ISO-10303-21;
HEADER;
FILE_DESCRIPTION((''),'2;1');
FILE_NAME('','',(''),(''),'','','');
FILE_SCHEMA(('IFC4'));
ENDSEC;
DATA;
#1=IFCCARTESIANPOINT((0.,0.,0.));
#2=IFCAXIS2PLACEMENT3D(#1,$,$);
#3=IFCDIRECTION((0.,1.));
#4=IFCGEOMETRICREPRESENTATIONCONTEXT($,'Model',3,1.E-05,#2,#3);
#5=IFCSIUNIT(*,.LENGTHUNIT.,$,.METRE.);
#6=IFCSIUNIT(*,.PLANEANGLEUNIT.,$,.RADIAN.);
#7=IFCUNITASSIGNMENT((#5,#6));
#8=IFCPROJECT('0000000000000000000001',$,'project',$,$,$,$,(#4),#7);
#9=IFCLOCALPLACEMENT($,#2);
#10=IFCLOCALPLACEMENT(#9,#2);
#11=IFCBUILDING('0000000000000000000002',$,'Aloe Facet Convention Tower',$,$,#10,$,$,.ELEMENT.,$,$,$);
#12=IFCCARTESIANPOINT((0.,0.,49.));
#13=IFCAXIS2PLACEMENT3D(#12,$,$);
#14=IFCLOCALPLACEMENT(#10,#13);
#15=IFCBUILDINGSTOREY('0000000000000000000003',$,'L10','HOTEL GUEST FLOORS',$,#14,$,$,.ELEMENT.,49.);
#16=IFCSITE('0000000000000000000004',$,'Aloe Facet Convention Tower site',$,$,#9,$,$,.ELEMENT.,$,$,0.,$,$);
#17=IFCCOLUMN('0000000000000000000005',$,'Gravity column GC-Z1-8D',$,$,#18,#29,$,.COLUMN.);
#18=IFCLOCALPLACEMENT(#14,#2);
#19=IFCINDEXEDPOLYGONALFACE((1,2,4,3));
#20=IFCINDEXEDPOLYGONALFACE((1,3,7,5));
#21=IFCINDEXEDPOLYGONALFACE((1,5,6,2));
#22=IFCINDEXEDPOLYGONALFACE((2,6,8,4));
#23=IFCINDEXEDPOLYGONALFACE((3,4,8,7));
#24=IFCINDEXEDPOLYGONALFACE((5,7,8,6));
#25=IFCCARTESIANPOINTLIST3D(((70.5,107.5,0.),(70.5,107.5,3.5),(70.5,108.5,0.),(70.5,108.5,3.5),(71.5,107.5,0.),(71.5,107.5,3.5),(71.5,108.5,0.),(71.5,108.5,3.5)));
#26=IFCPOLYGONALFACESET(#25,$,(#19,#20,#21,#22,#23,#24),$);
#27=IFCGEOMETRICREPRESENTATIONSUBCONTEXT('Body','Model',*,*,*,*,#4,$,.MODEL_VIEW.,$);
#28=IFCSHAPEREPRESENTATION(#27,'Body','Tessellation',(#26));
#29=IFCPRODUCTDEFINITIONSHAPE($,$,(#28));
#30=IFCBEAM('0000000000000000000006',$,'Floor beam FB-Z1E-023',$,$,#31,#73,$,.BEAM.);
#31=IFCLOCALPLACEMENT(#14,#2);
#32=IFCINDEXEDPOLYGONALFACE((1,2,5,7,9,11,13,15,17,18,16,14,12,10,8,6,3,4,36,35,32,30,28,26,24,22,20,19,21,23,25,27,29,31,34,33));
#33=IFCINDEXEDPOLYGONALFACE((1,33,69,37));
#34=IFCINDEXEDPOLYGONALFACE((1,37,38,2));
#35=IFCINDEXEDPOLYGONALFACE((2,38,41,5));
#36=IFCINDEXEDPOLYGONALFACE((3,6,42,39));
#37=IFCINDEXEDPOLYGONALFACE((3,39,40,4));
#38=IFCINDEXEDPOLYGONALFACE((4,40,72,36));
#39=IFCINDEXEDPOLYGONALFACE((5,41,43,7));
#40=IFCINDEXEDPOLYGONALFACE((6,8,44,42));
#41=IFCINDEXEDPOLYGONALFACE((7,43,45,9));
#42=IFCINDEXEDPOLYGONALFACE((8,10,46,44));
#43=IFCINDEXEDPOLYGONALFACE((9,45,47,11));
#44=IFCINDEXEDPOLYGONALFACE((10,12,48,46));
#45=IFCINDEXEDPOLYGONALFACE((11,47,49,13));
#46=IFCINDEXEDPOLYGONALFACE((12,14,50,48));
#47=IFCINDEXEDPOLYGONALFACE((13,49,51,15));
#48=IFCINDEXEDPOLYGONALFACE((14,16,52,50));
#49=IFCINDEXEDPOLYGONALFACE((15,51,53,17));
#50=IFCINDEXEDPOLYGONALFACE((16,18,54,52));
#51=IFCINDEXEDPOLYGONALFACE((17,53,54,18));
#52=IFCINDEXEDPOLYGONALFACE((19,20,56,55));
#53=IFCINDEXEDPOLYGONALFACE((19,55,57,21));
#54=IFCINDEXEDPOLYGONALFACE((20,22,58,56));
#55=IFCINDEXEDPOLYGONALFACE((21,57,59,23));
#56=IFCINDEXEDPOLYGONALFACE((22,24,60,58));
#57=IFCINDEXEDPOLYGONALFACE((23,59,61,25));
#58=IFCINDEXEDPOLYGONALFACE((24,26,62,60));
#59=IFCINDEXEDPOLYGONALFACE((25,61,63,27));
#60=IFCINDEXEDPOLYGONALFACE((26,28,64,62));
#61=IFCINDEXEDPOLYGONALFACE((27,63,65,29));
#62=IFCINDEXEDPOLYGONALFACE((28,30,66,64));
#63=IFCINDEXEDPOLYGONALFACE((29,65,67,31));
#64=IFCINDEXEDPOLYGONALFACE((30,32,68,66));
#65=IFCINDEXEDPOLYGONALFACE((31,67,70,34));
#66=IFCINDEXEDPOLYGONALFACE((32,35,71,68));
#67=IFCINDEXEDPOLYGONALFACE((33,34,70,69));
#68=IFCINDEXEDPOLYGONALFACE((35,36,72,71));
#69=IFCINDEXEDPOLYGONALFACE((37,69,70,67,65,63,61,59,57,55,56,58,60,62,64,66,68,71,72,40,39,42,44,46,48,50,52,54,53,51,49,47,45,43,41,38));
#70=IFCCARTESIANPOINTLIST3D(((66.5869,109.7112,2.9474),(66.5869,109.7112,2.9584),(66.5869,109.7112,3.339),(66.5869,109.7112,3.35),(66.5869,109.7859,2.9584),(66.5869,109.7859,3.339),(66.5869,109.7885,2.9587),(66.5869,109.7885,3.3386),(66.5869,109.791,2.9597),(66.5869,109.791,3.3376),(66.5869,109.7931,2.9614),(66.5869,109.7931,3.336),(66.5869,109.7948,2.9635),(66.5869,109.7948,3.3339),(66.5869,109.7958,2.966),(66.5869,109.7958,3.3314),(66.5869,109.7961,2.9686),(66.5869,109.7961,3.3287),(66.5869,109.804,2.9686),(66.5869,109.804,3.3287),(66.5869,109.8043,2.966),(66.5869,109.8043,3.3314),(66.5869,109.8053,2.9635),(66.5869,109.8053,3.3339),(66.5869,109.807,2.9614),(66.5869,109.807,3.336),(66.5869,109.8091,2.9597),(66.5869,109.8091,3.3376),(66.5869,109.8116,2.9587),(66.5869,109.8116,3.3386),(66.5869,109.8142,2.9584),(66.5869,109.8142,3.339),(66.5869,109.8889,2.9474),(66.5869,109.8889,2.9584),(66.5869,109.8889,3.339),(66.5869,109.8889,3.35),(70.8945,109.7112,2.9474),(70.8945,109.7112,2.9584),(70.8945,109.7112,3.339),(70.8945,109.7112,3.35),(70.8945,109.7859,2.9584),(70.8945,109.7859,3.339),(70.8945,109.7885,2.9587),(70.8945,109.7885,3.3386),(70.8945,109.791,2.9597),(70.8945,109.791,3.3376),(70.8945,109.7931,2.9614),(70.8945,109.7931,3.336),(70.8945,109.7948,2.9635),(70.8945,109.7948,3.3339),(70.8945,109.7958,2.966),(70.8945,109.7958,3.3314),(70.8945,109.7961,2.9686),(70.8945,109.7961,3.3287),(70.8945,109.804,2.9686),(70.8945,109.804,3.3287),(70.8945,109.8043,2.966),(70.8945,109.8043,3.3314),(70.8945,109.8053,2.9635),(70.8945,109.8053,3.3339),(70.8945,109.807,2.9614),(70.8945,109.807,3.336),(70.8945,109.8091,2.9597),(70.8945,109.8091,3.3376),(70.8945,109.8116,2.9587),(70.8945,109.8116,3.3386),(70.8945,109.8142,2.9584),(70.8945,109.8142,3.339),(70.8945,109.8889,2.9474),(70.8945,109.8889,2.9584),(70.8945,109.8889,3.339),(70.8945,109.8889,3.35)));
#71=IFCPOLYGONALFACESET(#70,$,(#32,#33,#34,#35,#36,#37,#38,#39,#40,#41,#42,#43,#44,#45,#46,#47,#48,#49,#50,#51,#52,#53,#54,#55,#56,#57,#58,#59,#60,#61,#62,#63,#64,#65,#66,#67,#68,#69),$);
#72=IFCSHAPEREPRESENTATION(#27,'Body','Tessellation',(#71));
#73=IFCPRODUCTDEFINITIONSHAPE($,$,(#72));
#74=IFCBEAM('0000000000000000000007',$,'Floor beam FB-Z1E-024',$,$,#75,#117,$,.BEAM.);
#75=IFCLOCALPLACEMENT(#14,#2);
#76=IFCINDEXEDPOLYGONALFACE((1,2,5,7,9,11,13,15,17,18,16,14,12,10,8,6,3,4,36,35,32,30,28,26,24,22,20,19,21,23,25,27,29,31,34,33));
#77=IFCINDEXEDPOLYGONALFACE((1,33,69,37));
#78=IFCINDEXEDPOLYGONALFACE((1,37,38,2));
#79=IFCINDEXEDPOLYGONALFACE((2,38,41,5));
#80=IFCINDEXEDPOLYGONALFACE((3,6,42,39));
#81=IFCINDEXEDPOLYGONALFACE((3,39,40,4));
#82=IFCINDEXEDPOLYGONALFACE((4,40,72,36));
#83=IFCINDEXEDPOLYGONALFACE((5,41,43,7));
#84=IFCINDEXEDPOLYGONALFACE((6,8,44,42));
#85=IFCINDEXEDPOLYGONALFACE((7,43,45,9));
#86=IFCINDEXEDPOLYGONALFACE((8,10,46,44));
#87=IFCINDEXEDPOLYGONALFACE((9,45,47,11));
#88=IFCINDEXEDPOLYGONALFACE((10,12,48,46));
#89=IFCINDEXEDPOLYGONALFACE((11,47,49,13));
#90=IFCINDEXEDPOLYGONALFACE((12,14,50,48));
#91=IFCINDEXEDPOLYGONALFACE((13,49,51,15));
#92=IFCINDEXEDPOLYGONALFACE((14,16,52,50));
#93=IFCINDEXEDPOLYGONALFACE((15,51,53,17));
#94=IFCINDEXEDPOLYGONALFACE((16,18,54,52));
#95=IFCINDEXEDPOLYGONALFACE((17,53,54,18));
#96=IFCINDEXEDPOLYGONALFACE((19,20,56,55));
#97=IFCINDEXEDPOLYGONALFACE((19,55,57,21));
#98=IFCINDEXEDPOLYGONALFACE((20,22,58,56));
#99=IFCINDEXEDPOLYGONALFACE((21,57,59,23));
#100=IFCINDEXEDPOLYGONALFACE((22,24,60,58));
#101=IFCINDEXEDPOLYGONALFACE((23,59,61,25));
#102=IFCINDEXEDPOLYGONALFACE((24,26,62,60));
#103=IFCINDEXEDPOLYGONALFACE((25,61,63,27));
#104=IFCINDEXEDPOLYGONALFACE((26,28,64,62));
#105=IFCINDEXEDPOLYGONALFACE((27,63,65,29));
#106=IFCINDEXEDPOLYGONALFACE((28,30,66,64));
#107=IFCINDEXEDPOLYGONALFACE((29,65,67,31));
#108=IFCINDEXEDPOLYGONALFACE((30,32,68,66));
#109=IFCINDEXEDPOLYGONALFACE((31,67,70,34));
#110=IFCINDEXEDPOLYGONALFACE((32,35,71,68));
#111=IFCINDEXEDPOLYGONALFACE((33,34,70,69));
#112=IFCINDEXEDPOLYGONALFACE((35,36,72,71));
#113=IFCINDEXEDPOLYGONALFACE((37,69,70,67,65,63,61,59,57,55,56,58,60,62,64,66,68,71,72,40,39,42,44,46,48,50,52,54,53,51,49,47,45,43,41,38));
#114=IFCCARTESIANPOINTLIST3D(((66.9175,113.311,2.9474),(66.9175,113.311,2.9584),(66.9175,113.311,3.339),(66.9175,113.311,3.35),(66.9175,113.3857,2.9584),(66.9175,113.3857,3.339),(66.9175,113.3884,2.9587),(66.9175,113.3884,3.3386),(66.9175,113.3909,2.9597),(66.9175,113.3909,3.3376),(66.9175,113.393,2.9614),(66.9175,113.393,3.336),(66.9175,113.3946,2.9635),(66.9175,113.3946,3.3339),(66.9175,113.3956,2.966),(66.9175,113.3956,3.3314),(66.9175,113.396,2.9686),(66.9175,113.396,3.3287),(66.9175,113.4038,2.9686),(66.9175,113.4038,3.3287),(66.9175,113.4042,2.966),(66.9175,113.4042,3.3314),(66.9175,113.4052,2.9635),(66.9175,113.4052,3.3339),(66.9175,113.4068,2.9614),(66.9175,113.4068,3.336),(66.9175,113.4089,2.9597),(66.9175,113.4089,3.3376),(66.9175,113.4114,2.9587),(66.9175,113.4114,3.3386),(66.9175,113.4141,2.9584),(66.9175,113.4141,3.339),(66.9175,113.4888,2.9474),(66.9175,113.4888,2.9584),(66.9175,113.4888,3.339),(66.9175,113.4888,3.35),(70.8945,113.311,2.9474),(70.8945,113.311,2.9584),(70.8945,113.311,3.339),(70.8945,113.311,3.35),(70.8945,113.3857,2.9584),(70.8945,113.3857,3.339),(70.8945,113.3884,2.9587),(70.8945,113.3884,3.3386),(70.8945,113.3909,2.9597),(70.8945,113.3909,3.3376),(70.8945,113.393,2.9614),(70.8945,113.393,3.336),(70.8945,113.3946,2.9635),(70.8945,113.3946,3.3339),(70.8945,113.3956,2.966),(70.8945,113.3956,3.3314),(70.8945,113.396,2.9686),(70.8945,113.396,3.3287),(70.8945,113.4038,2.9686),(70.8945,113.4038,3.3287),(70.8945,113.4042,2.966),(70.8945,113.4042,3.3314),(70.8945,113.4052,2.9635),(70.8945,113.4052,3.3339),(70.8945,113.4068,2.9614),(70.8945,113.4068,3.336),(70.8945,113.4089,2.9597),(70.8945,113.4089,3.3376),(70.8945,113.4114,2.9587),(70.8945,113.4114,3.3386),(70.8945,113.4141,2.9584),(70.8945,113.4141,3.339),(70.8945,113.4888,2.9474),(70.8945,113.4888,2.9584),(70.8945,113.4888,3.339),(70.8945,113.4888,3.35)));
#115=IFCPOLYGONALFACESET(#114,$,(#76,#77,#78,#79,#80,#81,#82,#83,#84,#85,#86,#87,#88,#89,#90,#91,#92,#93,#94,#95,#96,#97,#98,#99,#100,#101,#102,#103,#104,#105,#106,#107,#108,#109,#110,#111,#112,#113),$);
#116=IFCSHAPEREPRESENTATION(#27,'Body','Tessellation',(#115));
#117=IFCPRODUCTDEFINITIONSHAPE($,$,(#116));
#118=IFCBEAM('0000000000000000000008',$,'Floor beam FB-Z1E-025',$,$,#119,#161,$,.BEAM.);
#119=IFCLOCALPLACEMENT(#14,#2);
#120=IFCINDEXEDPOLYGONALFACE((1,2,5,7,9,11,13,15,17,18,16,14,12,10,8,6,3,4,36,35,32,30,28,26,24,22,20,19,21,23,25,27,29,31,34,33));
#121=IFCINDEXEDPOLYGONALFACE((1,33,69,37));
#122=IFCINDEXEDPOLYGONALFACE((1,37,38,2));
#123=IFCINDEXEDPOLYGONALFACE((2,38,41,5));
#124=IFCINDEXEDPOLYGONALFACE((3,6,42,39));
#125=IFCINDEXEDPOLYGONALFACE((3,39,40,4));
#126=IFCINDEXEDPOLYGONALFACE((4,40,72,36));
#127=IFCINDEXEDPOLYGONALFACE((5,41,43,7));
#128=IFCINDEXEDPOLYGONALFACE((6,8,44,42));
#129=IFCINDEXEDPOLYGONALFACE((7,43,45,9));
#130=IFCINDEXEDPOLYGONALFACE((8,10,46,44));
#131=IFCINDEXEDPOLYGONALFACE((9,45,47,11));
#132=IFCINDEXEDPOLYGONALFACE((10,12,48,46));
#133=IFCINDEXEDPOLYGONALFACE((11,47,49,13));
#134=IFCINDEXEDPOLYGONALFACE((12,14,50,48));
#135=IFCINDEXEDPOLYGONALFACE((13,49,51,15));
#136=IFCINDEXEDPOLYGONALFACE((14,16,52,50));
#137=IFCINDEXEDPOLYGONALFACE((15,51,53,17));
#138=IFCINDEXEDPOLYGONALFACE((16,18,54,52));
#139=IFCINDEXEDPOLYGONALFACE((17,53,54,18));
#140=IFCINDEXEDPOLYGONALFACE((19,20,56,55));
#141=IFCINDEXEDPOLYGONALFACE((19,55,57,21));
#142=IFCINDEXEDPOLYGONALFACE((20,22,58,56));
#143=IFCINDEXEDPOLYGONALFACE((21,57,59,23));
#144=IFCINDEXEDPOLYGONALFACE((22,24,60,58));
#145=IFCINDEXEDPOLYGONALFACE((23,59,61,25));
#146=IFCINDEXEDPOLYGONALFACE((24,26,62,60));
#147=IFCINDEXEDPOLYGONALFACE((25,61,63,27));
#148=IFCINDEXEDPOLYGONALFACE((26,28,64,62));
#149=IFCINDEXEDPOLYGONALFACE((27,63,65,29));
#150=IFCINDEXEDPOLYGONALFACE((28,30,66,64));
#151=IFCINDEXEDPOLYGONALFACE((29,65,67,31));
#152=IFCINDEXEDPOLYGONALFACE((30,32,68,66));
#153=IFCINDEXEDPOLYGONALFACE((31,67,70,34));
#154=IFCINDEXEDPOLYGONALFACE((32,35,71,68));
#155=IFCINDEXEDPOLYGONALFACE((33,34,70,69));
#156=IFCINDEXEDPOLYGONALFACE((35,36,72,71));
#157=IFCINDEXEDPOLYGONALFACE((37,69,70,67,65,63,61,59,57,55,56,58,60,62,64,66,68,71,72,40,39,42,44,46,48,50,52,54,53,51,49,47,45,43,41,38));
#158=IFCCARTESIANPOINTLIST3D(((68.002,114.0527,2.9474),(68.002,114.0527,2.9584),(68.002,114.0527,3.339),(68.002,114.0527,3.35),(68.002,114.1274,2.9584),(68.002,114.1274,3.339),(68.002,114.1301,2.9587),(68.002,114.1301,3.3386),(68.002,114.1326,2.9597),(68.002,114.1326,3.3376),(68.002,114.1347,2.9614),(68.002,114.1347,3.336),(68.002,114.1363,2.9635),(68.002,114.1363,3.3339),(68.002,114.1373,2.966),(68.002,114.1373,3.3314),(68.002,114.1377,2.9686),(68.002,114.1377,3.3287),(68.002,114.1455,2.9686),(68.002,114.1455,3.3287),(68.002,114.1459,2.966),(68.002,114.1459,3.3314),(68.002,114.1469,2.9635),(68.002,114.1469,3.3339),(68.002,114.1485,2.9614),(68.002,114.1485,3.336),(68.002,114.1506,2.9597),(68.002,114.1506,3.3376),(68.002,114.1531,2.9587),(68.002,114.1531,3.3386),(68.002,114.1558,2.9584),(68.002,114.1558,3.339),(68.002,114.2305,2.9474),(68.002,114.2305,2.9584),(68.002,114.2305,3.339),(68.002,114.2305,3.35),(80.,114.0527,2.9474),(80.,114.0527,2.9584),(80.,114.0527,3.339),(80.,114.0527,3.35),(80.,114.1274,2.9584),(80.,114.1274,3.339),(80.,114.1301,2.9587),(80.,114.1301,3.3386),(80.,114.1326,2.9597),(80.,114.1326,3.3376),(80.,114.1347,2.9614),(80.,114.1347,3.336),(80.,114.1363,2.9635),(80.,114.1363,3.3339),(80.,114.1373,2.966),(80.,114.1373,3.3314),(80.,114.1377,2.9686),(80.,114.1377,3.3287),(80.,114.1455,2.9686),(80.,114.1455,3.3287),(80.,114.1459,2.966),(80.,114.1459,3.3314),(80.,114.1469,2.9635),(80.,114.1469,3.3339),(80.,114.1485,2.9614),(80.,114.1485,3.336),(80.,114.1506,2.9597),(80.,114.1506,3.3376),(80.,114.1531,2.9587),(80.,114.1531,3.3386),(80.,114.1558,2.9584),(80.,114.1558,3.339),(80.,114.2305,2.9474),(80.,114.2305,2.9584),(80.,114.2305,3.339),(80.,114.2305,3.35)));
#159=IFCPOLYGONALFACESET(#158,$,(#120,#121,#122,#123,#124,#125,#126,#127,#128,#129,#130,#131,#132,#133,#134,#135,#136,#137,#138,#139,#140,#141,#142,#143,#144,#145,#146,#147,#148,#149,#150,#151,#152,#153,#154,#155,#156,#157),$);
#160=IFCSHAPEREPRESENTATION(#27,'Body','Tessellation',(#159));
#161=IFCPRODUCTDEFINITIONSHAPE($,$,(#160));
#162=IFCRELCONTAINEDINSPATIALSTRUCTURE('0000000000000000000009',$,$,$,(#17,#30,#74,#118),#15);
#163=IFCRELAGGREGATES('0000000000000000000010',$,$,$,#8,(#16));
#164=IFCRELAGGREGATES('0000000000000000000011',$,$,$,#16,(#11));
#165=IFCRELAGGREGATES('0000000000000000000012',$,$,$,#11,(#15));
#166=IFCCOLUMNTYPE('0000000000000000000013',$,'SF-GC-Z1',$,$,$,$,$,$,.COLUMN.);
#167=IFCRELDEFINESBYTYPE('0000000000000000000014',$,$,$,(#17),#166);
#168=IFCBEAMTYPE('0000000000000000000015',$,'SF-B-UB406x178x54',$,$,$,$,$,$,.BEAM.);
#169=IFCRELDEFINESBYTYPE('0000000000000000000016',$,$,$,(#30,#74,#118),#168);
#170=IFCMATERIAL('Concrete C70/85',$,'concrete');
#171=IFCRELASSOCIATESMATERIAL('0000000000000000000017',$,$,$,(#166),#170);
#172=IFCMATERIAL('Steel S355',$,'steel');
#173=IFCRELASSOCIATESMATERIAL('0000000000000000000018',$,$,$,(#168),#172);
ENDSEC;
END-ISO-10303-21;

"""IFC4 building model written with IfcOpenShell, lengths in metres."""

from ifc_helpers import new_model, si_unit, direction, frame, origin, origin_2d, place, context, subcontext, project, spatial, rectangle, i_section, extrude, material, material_profile, profile_set, type_object, element, save


model = new_model("IFC4")

# Units and contexts
model_context = context("Model", 3, precision=1e-05, world=origin(), true_north=direction((0.0, 1.0)))
body_context = subcontext(model_context, "Body", "Model", "MODEL_VIEW")
ifc_project = project(units=[si_unit("LENGTHUNIT", "METRE"), si_unit("PLANEANGLEUNIT", "RADIAN")], contexts=[model_context])

# Site, building, storey
site_placement = place(None, origin())
site = spatial("IfcSite", under=ifc_project, at=site_placement, Name="Aloe Facet Convention Tower site", CompositionType="ELEMENT", RefElevation=0.0)
building_placement = place(site_placement, origin())
building = spatial("IfcBuilding", under=site, at=building_placement, Name="Aloe Facet Convention Tower", CompositionType="ELEMENT")
storey_placement = place(building_placement, frame((0.0, 0.0, 49.0)))
storey = spatial("IfcBuildingStorey", under=building, at=storey_placement, Name="L10", Description="HOTEL GUEST FLOORS", CompositionType="ELEMENT", Elevation=49.0)

# Column
ifc_material_1 = material(Name="Concrete C70/85", Category="concrete")
ifc_material_profile_1 = material_profile(ifc_material_1, rectangle(XDim=1.0, YDim=1.0, at=origin_2d()), Name="SF-GC-Z1")
ifc_profile_set_1 = profile_set([ifc_material_profile_1], Name="Concrete C70/85")
column_type = type_object("IfcColumnType", Name="SF-GC-Z1", PredefinedType="COLUMN", material=ifc_profile_set_1)
column_placement = place(storey_placement, frame((71.0, 108.0, 0.0), z_axis=(0.0, 0.0, 1.0), x_axis=(1.0, 0.0, 0.0)))
element("IfcColumn", 1, at=column_placement, inside=storey, type_object=column_type, Name="Gravity column GC-Z1-8D", PredefinedType="COLUMN", context=body_context, shape_type="SweptSolid", body=[
    extrude(rectangle(XDim=1.0, YDim=1.0, at=origin_2d()), origin(), (0.0, 0.0, 1.0), 3.5),
])

# Beams
ifc_material_2 = material(Name="Steel S355", Category="steel")
ifc_material_profile_2 = material_profile(ifc_material_2, i_section(OverallWidth=0.1777, OverallDepth=0.4026, WebThickness=0.0078, FlangeThickness=0.011, FilletRadius=0.0103, at=origin_2d()), Name="UB 406x178x54")
ifc_profile_set_2 = profile_set([ifc_material_profile_2], Name="Steel S355")
beam_type_1 = type_object("IfcBeamType", Name="SF-B-UB406x178x54", PredefinedType="BEAM", material=ifc_profile_set_2)
beam_1_placement = place(storey_placement, frame((66.5869, 109.8, 3.1487), z_axis=(1.0, 0.0, 0.0), x_axis=(0.0, 1.0, 0.0)))
element("IfcBeam", 2, at=beam_1_placement, inside=storey, type_object=beam_type_1, Name="Floor beam FB-Z1E-023", PredefinedType="BEAM", context=body_context, shape_type="SweptSolid", body=[
    extrude(i_section(OverallWidth=0.1777, OverallDepth=0.4026, WebThickness=0.0078, FlangeThickness=0.011, FilletRadius=0.0103, at=origin_2d()), origin(), (0.0, 0.0, 1.0), 4.3076),
])
beam_2_placement = place(storey_placement, frame((66.9175, 113.3999, 3.1487), z_axis=(1.0, 0.0, 0.0), x_axis=(0.0, 1.0, 0.0)))
element("IfcBeam", 3, at=beam_2_placement, inside=storey, type_object=beam_type_1, Name="Floor beam FB-Z1E-024", PredefinedType="BEAM", context=body_context, shape_type="SweptSolid", body=[
    extrude(i_section(OverallWidth=0.1777, OverallDepth=0.4026, WebThickness=0.0078, FlangeThickness=0.011, FilletRadius=0.0103, at=origin_2d()), origin(), (0.0, 0.0, 1.0), 3.9771),
])
beam_3_placement = place(storey_placement, frame((68.002, 114.1416, 3.1487), z_axis=(1.0, 0.0, 0.0), x_axis=(0.0, 1.0, 0.0)))
element("IfcBeam", 4, at=beam_3_placement, inside=storey, type_object=beam_type_1, Name="Floor beam FB-Z1E-025", PredefinedType="BEAM", context=body_context, shape_type="SweptSolid", body=[
    extrude(i_section(OverallWidth=0.1777, OverallDepth=0.4026, WebThickness=0.0078, FlangeThickness=0.011, FilletRadius=0.0103, at=origin_2d()), origin(), (0.0, 0.0, 1.0), 11.998),
])

save(model, "model.ifc")
